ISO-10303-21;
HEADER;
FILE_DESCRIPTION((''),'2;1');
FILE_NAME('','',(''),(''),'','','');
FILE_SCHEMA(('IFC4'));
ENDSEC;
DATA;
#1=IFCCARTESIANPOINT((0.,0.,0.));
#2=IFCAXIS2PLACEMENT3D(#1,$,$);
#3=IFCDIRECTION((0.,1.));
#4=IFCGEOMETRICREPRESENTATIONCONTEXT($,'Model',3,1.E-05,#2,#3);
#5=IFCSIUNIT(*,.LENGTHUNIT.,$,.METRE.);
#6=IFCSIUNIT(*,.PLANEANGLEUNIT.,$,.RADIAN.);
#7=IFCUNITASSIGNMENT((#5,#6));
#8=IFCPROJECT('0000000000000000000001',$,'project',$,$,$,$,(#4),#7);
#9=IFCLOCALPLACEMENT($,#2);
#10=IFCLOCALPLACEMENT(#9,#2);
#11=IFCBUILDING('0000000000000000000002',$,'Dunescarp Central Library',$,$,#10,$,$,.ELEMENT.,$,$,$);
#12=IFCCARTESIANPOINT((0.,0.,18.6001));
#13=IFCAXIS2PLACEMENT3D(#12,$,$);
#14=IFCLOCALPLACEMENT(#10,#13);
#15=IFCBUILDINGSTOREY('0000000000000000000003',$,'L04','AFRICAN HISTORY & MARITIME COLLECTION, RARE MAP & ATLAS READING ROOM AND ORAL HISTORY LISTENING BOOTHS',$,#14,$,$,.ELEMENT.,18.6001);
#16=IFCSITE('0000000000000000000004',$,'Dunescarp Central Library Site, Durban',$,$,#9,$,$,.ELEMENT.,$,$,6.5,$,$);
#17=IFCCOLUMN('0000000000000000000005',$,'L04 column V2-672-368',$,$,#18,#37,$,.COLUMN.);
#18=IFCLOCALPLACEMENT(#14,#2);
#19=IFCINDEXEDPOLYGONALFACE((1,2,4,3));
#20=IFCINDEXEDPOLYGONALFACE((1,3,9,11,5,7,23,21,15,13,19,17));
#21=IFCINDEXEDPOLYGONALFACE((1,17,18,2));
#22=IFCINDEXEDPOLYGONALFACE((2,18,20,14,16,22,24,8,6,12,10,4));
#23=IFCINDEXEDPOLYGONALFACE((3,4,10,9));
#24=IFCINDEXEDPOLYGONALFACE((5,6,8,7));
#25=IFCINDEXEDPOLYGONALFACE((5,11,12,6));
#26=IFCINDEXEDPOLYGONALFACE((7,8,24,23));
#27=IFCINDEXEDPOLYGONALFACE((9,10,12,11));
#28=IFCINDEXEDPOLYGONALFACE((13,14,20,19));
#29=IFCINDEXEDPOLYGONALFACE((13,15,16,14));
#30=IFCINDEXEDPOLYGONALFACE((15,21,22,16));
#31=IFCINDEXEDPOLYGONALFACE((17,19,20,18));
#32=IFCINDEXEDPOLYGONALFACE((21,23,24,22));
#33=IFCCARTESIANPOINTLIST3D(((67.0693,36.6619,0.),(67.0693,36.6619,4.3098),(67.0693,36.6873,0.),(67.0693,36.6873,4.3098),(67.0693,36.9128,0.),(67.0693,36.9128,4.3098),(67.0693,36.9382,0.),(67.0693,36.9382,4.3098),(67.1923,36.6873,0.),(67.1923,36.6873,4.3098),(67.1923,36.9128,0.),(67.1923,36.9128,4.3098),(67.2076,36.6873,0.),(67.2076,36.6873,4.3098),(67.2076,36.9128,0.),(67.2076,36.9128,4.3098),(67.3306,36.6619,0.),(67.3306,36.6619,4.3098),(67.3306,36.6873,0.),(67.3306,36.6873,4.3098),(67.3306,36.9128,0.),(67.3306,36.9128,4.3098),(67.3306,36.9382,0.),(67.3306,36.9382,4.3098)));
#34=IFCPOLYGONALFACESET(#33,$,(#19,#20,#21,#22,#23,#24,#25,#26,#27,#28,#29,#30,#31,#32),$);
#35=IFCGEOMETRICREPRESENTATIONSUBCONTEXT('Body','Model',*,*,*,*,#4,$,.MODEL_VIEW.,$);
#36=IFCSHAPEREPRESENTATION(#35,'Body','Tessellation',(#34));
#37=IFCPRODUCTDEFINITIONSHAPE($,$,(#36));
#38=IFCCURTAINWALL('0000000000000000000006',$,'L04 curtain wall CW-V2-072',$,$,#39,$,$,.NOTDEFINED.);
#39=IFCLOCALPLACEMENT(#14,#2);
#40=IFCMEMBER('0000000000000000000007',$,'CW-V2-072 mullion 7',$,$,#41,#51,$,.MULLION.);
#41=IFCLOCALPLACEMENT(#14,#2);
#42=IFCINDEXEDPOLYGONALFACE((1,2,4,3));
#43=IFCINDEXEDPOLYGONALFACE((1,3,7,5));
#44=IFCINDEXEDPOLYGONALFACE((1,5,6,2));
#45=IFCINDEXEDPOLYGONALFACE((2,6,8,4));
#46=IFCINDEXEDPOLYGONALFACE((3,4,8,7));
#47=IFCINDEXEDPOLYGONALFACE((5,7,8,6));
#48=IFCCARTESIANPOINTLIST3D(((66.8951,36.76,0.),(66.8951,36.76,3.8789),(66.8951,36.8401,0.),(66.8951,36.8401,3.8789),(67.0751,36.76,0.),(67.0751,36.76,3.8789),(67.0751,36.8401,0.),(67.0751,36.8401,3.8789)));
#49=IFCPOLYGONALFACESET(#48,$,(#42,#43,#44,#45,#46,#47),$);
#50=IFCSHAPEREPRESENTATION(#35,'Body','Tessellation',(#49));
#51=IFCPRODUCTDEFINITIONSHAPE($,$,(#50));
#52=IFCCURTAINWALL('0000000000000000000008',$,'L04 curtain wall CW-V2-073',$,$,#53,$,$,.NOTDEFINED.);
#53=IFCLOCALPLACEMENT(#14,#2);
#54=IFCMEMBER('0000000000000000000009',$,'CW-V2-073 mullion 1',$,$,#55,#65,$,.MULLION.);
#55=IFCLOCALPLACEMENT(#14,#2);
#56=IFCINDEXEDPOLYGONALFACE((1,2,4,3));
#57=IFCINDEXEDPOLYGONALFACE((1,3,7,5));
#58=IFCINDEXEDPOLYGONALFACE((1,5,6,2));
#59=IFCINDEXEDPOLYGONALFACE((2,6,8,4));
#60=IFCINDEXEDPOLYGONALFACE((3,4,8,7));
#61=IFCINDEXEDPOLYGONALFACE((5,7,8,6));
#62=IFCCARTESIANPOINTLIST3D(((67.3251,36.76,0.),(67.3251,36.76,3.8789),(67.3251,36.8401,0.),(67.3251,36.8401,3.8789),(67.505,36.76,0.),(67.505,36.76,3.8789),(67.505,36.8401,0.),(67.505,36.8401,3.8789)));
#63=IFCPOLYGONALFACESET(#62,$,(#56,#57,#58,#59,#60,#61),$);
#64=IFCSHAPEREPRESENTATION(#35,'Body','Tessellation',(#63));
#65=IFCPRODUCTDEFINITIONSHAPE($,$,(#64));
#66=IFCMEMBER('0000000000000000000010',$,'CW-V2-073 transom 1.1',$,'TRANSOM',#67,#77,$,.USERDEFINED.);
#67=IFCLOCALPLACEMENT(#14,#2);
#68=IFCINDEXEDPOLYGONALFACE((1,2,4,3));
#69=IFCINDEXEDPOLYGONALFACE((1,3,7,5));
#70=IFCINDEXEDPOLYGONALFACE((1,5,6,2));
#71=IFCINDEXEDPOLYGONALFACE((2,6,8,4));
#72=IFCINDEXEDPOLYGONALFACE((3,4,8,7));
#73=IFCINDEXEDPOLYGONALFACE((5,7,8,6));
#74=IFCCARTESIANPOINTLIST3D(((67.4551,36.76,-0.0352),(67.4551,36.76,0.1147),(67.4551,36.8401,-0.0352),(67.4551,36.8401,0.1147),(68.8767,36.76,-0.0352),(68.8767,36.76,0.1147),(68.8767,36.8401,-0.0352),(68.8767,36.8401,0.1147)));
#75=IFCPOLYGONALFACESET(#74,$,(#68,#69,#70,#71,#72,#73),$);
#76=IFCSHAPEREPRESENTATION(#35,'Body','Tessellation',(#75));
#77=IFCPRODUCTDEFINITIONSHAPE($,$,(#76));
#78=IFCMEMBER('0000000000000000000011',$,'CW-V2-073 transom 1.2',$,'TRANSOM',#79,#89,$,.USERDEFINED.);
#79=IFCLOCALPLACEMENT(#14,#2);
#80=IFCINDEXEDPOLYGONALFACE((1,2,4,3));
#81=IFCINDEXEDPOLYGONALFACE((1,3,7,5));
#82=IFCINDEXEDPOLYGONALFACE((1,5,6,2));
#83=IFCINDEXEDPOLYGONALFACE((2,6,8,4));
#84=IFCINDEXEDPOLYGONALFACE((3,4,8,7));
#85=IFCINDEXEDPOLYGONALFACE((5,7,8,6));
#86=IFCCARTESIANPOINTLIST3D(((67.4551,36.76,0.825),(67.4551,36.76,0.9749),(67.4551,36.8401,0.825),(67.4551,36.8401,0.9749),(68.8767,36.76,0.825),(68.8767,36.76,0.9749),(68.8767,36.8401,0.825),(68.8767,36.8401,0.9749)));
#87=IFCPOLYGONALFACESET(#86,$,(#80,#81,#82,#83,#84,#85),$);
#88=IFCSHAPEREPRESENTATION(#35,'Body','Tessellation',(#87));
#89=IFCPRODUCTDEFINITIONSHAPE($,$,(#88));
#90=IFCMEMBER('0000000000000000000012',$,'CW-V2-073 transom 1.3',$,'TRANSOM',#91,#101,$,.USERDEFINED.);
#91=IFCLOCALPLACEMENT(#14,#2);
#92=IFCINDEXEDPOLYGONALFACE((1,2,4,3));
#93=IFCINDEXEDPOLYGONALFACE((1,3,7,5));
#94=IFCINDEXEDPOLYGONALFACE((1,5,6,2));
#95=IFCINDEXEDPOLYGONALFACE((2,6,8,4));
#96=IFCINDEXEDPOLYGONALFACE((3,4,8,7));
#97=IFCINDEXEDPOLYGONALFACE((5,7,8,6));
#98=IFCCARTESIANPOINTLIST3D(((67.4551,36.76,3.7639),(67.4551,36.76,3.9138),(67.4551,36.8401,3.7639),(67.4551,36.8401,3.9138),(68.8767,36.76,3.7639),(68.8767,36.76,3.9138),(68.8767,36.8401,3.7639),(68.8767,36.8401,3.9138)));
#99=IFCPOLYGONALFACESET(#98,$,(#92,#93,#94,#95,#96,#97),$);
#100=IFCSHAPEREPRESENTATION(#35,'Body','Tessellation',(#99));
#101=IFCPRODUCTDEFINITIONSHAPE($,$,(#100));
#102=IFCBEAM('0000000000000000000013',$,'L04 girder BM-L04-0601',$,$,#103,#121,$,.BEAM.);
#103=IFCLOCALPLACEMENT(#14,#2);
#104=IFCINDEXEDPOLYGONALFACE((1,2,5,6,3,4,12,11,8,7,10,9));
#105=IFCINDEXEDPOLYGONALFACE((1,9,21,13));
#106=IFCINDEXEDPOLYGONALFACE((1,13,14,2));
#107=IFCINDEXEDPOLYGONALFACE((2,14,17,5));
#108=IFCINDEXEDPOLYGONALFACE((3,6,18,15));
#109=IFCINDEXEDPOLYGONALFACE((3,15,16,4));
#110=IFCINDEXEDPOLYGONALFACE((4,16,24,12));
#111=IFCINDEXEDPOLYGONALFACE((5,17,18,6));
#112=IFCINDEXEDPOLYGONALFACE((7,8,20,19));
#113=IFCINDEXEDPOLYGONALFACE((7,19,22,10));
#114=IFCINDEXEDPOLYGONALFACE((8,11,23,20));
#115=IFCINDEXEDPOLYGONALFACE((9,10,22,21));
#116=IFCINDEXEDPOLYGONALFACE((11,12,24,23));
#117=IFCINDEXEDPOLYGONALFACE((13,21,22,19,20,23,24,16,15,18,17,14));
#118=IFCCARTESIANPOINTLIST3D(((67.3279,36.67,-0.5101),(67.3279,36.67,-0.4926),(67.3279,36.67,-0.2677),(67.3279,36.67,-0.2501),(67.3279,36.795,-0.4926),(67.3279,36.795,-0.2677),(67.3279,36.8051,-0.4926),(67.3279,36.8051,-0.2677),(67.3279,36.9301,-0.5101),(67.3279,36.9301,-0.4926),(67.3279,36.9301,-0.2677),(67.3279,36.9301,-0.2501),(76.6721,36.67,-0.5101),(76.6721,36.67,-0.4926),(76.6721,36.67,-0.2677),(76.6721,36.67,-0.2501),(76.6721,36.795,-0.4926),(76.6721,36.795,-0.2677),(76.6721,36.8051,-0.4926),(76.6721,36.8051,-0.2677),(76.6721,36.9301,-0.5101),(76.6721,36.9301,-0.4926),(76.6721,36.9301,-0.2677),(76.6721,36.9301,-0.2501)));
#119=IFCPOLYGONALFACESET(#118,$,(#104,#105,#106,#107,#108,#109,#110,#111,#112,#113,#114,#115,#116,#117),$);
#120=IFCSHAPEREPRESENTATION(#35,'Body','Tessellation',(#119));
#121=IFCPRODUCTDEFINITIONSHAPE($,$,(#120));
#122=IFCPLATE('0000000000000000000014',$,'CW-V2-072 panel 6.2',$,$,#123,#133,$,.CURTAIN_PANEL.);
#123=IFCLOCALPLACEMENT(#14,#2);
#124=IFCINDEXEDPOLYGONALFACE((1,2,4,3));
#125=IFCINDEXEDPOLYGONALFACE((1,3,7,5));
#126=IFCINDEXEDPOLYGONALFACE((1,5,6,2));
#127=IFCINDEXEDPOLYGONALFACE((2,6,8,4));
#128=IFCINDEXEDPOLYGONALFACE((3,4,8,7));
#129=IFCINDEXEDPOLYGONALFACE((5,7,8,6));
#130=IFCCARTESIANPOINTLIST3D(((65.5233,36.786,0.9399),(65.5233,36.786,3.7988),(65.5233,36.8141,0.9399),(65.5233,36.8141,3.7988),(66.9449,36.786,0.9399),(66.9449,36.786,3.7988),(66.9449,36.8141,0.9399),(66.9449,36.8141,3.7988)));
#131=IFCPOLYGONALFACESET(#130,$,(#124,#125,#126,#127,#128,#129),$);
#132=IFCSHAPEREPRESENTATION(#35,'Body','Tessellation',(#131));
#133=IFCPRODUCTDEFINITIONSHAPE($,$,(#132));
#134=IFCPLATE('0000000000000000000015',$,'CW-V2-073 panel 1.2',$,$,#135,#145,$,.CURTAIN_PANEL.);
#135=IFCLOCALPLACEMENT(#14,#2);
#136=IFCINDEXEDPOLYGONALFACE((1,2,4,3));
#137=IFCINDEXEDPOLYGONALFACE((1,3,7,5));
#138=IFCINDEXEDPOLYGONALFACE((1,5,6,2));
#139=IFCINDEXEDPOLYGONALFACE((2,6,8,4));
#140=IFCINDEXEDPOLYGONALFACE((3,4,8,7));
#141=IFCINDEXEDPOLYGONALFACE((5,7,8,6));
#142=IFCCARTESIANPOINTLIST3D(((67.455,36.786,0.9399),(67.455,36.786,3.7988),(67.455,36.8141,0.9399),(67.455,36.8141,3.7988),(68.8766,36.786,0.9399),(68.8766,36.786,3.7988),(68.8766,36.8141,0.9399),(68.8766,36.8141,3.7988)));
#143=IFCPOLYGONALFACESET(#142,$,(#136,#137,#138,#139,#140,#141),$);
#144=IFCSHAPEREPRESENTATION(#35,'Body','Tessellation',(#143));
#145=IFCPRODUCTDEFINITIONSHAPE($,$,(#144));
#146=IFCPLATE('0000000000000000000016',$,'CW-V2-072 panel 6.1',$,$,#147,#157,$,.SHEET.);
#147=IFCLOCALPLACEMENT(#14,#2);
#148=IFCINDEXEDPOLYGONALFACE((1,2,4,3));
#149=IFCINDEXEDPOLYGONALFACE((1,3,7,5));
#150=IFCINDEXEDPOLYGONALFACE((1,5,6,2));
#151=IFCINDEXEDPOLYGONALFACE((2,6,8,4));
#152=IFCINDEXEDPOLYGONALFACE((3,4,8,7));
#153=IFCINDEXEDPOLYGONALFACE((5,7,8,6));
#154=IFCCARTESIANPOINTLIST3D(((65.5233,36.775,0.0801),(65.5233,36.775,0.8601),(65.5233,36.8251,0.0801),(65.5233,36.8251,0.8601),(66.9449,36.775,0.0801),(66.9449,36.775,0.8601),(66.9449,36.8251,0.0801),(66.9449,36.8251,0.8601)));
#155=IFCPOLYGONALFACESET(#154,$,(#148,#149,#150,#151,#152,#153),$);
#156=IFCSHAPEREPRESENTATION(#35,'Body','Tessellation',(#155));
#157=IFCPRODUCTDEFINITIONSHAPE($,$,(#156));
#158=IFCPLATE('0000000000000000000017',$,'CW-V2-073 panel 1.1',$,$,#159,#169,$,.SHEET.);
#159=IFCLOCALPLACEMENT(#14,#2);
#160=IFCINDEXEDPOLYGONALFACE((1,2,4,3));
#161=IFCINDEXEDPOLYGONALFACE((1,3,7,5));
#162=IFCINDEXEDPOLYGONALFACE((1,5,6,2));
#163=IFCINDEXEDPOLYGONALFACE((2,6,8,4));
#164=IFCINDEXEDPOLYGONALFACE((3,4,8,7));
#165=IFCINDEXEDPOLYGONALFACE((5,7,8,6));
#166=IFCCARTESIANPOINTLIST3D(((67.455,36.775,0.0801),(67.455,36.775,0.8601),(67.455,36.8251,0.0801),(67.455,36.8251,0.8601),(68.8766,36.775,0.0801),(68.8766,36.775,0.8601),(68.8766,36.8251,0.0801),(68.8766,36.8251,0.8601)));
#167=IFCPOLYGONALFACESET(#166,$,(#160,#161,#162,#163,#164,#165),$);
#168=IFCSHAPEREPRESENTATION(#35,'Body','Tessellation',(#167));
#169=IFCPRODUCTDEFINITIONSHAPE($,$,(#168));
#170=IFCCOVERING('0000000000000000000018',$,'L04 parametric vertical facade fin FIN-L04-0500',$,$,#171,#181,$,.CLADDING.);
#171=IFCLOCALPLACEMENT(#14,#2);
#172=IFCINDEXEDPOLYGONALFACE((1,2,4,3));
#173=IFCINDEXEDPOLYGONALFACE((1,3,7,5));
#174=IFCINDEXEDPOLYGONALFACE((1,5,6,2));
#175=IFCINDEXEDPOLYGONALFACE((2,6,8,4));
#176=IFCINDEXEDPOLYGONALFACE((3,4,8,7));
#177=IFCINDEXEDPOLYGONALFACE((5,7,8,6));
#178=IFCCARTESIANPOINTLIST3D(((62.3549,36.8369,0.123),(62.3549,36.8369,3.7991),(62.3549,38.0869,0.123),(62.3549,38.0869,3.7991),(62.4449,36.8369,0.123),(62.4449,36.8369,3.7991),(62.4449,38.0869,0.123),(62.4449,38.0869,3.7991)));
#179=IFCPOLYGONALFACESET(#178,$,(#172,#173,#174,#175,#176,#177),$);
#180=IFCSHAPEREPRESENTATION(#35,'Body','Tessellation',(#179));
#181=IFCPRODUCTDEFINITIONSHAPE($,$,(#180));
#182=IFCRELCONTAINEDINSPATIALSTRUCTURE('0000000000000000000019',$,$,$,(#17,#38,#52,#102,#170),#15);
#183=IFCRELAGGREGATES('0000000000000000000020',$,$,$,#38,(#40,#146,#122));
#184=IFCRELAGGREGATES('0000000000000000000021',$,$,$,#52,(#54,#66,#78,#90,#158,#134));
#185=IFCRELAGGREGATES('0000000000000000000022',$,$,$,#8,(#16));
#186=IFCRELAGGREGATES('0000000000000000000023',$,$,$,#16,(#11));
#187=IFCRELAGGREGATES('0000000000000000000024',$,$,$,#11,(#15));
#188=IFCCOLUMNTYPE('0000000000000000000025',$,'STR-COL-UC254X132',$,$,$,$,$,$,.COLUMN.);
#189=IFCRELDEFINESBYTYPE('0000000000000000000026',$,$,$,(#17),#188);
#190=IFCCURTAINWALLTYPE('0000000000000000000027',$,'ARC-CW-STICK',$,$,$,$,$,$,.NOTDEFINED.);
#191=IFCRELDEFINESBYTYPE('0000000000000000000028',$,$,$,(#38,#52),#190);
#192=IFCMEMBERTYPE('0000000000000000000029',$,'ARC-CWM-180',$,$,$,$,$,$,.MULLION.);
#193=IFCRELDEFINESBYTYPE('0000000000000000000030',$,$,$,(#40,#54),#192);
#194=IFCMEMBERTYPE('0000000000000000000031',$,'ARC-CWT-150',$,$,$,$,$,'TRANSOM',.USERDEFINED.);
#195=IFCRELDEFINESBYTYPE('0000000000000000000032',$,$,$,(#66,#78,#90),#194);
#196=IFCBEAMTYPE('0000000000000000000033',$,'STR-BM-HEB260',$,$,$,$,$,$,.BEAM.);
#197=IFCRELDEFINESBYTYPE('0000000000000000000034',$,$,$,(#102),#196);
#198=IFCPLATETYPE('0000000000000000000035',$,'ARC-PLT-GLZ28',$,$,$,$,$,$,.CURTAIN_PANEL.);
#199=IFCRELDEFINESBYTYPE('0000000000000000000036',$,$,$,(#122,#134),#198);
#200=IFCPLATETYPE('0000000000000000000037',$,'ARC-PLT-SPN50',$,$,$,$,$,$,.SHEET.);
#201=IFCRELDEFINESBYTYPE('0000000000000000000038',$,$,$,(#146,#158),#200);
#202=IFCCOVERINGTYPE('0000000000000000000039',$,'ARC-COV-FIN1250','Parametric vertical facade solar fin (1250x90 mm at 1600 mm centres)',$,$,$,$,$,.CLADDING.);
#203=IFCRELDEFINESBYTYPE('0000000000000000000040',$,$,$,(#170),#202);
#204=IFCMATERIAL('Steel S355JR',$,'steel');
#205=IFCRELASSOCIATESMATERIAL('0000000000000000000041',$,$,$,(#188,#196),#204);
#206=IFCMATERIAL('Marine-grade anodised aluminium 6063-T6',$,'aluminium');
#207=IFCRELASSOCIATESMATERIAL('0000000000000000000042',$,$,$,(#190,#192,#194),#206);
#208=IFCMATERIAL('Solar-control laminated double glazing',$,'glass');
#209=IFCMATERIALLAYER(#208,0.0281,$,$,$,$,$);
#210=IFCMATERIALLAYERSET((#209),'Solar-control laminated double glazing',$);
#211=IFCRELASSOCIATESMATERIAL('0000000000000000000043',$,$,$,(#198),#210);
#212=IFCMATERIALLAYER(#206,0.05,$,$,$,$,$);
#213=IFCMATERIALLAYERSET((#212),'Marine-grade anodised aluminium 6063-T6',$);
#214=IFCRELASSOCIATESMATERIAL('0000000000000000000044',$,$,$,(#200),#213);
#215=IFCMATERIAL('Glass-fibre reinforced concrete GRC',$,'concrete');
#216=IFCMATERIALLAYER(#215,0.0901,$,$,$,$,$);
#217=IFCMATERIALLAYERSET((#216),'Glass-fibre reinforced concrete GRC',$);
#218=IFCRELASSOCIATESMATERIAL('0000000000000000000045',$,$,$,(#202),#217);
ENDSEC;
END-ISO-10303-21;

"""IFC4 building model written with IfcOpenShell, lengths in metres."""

from ifc_helpers import new_model, si_unit, direction, frame, origin, origin_2d, place, context, subcontext, project, spatial, rectangle, i_section, extrude, material, layer, layer_set, material_profile, profile_set, type_object, element, aggregate, save


model = new_model("IFC4")

# Units and contexts
model_context = context("Model", 3, precision=1e-05, world=origin(), true_north=direction((0.0, 1.0)))
body_context = subcontext(model_context, "Body", "Model", "MODEL_VIEW")
ifc_project = project(units=[si_unit("LENGTHUNIT", "METRE"), si_unit("PLANEANGLEUNIT", "RADIAN")], contexts=[model_context])

# Site, building, storey
site_placement = place(None, origin())
site = spatial("IfcSite", under=ifc_project, at=site_placement, Name="Dunescarp Central Library Site, Durban", CompositionType="ELEMENT", RefElevation=6.5)
building_placement = place(site_placement, origin())
building = spatial("IfcBuilding", under=site, at=building_placement, Name="Dunescarp Central Library", CompositionType="ELEMENT")
storey_placement = place(building_placement, frame((0.0, 0.0, 18.6001)))
storey = spatial("IfcBuildingStorey", under=building, at=storey_placement, Name="L04", Description="AFRICAN HISTORY & MARITIME COLLECTION, RARE MAP & ATLAS READING ROOM AND ORAL HISTORY LISTENING BOOTHS", CompositionType="ELEMENT", Elevation=18.6001)

# Column
ifc_material_1 = material(Name="Steel S355JR", Category="steel")
ifc_material_profile_1 = material_profile(ifc_material_1, i_section(OverallWidth=0.2612, OverallDepth=0.2764, WebThickness=0.0154, FlangeThickness=0.0254, at=origin_2d()), Name="UC 254x254x132")
ifc_profile_set_1 = profile_set([ifc_material_profile_1], Name="Steel S355JR")
column_type = type_object("IfcColumnType", Name="STR-COL-UC254X132", PredefinedType="COLUMN", material=ifc_profile_set_1)
column_placement = place(storey_placement, frame((67.2, 36.8, 0.0), z_axis=(0.0, 0.0, 1.0), x_axis=(1.0, 0.0, 0.0)))
element("IfcColumn", 1, at=column_placement, inside=storey, type_object=column_type, Name="L04 column V2-672-368", PredefinedType="COLUMN", context=body_context, shape_type="SweptSolid", body=[
    extrude(i_section(OverallWidth=0.2612, OverallDepth=0.2764, WebThickness=0.0154, FlangeThickness=0.0254, at=origin_2d()), origin(), (0.0, 0.0, 1.0), 4.3098),
])

# Curtain wall, member
ifc_material_2 = material(Name="Marine-grade anodised aluminium 6063-T6", Category="aluminium")
curtain_wall_type = type_object("IfcCurtainWallType", Name="ARC-CW-STICK", PredefinedType="NOTDEFINED", material=ifc_material_2)
curtain_wall_1_placement = place(storey_placement, origin())
curtain_wall_1 = element("IfcCurtainWall", 2, at=curtain_wall_1_placement, inside=storey, type_object=curtain_wall_type, Name="L04 curtain wall CW-V2-072", PredefinedType="NOTDEFINED")
ifc_material_profile_2 = material_profile(ifc_material_2, rectangle(XDim=0.0801, YDim=0.1799, at=origin_2d()), Name="AL 80x180")
ifc_profile_set_2 = profile_set([ifc_material_profile_2], Name="Marine-grade anodised aluminium 6063-T6")
member_type_1 = type_object("IfcMemberType", Name="ARC-CWM-180", PredefinedType="MULLION", material=ifc_profile_set_2)
member_1_placement = place(storey_placement, frame((66.9851, 36.8, 0.0), z_axis=(0.0, 0.0, 1.0), x_axis=(0.0, 1.0, 0.0)))
member_1 = element("IfcMember", 3, at=member_1_placement, type_object=member_type_1, Name="CW-V2-072 mullion 7", PredefinedType="MULLION", context=body_context, shape_type="SweptSolid", body=[
    extrude(rectangle(XDim=0.0801, YDim=0.1799, at=origin_2d()), origin(), (0.0, 0.0, 1.0), 3.8789),
])

# Curtain wall, members
curtain_wall_2_placement = place(storey_placement, origin())
curtain_wall_2 = element("IfcCurtainWall", 4, at=curtain_wall_2_placement, inside=storey, type_object=curtain_wall_type, Name="L04 curtain wall CW-V2-073", PredefinedType="NOTDEFINED")
member_2_placement = place(storey_placement, frame((67.415, 36.8, 0.0), z_axis=(0.0, 0.0, 1.0), x_axis=(0.0, 1.0, 0.0)))
member_2 = element("IfcMember", 5, at=member_2_placement, type_object=member_type_1, Name="CW-V2-073 mullion 1", PredefinedType="MULLION", context=body_context, shape_type="SweptSolid", body=[
    extrude(rectangle(XDim=0.0801, YDim=0.1799, at=origin_2d()), origin(), (0.0, 0.0, 1.0), 3.8789),
])
ifc_material_profile_3 = material_profile(ifc_material_2, rectangle(XDim=0.0801, YDim=0.1499, at=origin_2d()), Name="AL 80x150")
ifc_profile_set_3 = profile_set([ifc_material_profile_3], Name="Marine-grade anodised aluminium 6063-T6")
member_type_2 = type_object("IfcMemberType", Name="ARC-CWT-150", ElementType="TRANSOM", PredefinedType="USERDEFINED", material=ifc_profile_set_3)
member_3_placement = place(storey_placement, frame((67.4551, 36.8, 0.0398), z_axis=(1.0, 0.0, 0.0), x_axis=(0.0, 1.0, 0.0)))
member_3 = element("IfcMember", 6, at=member_3_placement, type_object=member_type_2, Name="CW-V2-073 transom 1.1", ObjectType="TRANSOM", PredefinedType="USERDEFINED", context=body_context, shape_type="SweptSolid", body=[
    extrude(rectangle(XDim=0.0801, YDim=0.1499, at=origin_2d()), origin(), (0.0, 0.0, 1.0), 1.4216),
])
member_4_placement = place(storey_placement, frame((67.4551, 36.8, 0.8999), z_axis=(1.0, 0.0, 0.0), x_axis=(0.0, 1.0, 0.0)))
member_4 = element("IfcMember", 7, at=member_4_placement, type_object=member_type_2, Name="CW-V2-073 transom 1.2", ObjectType="TRANSOM", PredefinedType="USERDEFINED", context=body_context, shape_type="SweptSolid", body=[
    extrude(rectangle(XDim=0.0801, YDim=0.1499, at=origin_2d()), origin(), (0.0, 0.0, 1.0), 1.4216),
])
member_5_placement = place(storey_placement, frame((67.4551, 36.8, 3.8389), z_axis=(1.0, 0.0, 0.0), x_axis=(0.0, 1.0, 0.0)))
member_5 = element("IfcMember", 8, at=member_5_placement, type_object=member_type_2, Name="CW-V2-073 transom 1.3", ObjectType="TRANSOM", PredefinedType="USERDEFINED", context=body_context, shape_type="SweptSolid", body=[
    extrude(rectangle(XDim=0.0801, YDim=0.1499, at=origin_2d()), origin(), (0.0, 0.0, 1.0), 1.4216),
])

# Beam
ifc_material_profile_4 = material_profile(ifc_material_1, i_section(OverallWidth=0.26, OverallDepth=0.26, WebThickness=0.01, FlangeThickness=0.0176, at=origin_2d()), Name="HEB 260")
ifc_profile_set_4 = profile_set([ifc_material_profile_4], Name="Steel S355JR")
beam_type = type_object("IfcBeamType", Name="STR-BM-HEB260", PredefinedType="BEAM", material=ifc_profile_set_4)
beam_placement = place(storey_placement, frame((67.3279, 36.8, -0.3801), z_axis=(1.0, 0.0, 0.0), x_axis=(0.0, 1.0, 0.0)))
element("IfcBeam", 9, at=beam_placement, inside=storey, type_object=beam_type, Name="L04 girder BM-L04-0601", PredefinedType="BEAM", context=body_context, shape_type="SweptSolid", body=[
    extrude(i_section(OverallWidth=0.26, OverallDepth=0.26, WebThickness=0.01, FlangeThickness=0.0176, at=origin_2d()), origin(), (0.0, 0.0, 1.0), 9.3442),
])

# Plates
ifc_material_3 = material(Name="Solar-control laminated double glazing", Category="glass")
ifc_layer_1 = layer(ifc_material_3, 0.0281)
ifc_layer_set_1 = layer_set([ifc_layer_1], Name="Solar-control laminated double glazing")
plate_type_1 = type_object("IfcPlateType", Name="ARC-PLT-GLZ28", PredefinedType="CURTAIN_PANEL", material=ifc_layer_set_1)
plate_1_placement = place(storey_placement, frame((66.2341, 36.8, 0.9399), z_axis=(0.0, 0.0, 1.0), x_axis=(1.0, 0.0, 0.0)))
plate_1 = element("IfcPlate", 10, at=plate_1_placement, type_object=plate_type_1, Name="CW-V2-072 panel 6.2", PredefinedType="CURTAIN_PANEL", context=body_context, shape_type="SweptSolid", body=[
    extrude(rectangle(XDim=1.4216, YDim=0.0281, at=origin_2d()), origin(), (0.0, 0.0, 1.0), 2.8589),
])
plate_2_placement = place(storey_placement, frame((68.1658, 36.8, 0.9399), z_axis=(0.0, 0.0, 1.0), x_axis=(1.0, 0.0, 0.0)))
plate_2 = element("IfcPlate", 11, at=plate_2_placement, type_object=plate_type_1, Name="CW-V2-073 panel 1.2", PredefinedType="CURTAIN_PANEL", context=body_context, shape_type="SweptSolid", body=[
    extrude(rectangle(XDim=1.4216, YDim=0.0281, at=origin_2d()), origin(), (0.0, 0.0, 1.0), 2.8589),
])
ifc_layer_2 = layer(ifc_material_2, 0.05)
ifc_layer_set_2 = layer_set([ifc_layer_2], Name="Marine-grade anodised aluminium 6063-T6")
plate_type_2 = type_object("IfcPlateType", Name="ARC-PLT-SPN50", PredefinedType="SHEET", material=ifc_layer_set_2)
plate_3_placement = place(storey_placement, frame((66.2341, 36.8, 0.0801), z_axis=(0.0, 0.0, 1.0), x_axis=(1.0, 0.0, 0.0)))
plate_3 = element("IfcPlate", 12, at=plate_3_placement, type_object=plate_type_2, Name="CW-V2-072 panel 6.1", PredefinedType="SHEET", context=body_context, shape_type="SweptSolid", body=[
    extrude(rectangle(XDim=1.4216, YDim=0.05, at=origin_2d()), origin(), (0.0, 0.0, 1.0), 0.78),
])
aggregate(curtain_wall_1, [member_1, plate_3, plate_1])
plate_4_placement = place(storey_placement, frame((68.1658, 36.8, 0.0801), z_axis=(0.0, 0.0, 1.0), x_axis=(1.0, 0.0, 0.0)))
plate_4 = element("IfcPlate", 13, at=plate_4_placement, type_object=plate_type_2, Name="CW-V2-073 panel 1.1", PredefinedType="SHEET", context=body_context, shape_type="SweptSolid", body=[
    extrude(rectangle(XDim=1.4216, YDim=0.05, at=origin_2d()), origin(), (0.0, 0.0, 1.0), 0.78),
])
aggregate(curtain_wall_2, [member_2, member_3, member_4, member_5, plate_4, plate_2])

# Covering
ifc_material_4 = material(Name="Glass-fibre reinforced concrete GRC", Category="concrete")
ifc_layer_3 = layer(ifc_material_4, 0.0901)
ifc_layer_set_3 = layer_set([ifc_layer_3], Name="Glass-fibre reinforced concrete GRC")
covering_type = type_object("IfcCoveringType", Name="ARC-COV-FIN1250", Description="Parametric vertical facade solar fin (1250x90 mm at 1600 mm centres)", PredefinedType="CLADDING", material=ifc_layer_set_3)
covering_1_placement = place(storey_placement, frame((62.3999, 37.4619, 0.123), z_axis=(0.0, 0.0, 1.0), x_axis=(0.0, 1.0, 0.0)))
element("IfcCovering", 14, at=covering_1_placement, inside=storey, type_object=covering_type, Name="L04 parametric vertical facade fin FIN-L04-0500", PredefinedType="CLADDING", context=body_context, shape_type="SweptSolid", body=[
    extrude(rectangle(XDim=1.25, YDim=0.0901, at=origin_2d()), origin(), (0.0, 0.0, 1.0), 3.676),
])

save(model, "model.ifc")
